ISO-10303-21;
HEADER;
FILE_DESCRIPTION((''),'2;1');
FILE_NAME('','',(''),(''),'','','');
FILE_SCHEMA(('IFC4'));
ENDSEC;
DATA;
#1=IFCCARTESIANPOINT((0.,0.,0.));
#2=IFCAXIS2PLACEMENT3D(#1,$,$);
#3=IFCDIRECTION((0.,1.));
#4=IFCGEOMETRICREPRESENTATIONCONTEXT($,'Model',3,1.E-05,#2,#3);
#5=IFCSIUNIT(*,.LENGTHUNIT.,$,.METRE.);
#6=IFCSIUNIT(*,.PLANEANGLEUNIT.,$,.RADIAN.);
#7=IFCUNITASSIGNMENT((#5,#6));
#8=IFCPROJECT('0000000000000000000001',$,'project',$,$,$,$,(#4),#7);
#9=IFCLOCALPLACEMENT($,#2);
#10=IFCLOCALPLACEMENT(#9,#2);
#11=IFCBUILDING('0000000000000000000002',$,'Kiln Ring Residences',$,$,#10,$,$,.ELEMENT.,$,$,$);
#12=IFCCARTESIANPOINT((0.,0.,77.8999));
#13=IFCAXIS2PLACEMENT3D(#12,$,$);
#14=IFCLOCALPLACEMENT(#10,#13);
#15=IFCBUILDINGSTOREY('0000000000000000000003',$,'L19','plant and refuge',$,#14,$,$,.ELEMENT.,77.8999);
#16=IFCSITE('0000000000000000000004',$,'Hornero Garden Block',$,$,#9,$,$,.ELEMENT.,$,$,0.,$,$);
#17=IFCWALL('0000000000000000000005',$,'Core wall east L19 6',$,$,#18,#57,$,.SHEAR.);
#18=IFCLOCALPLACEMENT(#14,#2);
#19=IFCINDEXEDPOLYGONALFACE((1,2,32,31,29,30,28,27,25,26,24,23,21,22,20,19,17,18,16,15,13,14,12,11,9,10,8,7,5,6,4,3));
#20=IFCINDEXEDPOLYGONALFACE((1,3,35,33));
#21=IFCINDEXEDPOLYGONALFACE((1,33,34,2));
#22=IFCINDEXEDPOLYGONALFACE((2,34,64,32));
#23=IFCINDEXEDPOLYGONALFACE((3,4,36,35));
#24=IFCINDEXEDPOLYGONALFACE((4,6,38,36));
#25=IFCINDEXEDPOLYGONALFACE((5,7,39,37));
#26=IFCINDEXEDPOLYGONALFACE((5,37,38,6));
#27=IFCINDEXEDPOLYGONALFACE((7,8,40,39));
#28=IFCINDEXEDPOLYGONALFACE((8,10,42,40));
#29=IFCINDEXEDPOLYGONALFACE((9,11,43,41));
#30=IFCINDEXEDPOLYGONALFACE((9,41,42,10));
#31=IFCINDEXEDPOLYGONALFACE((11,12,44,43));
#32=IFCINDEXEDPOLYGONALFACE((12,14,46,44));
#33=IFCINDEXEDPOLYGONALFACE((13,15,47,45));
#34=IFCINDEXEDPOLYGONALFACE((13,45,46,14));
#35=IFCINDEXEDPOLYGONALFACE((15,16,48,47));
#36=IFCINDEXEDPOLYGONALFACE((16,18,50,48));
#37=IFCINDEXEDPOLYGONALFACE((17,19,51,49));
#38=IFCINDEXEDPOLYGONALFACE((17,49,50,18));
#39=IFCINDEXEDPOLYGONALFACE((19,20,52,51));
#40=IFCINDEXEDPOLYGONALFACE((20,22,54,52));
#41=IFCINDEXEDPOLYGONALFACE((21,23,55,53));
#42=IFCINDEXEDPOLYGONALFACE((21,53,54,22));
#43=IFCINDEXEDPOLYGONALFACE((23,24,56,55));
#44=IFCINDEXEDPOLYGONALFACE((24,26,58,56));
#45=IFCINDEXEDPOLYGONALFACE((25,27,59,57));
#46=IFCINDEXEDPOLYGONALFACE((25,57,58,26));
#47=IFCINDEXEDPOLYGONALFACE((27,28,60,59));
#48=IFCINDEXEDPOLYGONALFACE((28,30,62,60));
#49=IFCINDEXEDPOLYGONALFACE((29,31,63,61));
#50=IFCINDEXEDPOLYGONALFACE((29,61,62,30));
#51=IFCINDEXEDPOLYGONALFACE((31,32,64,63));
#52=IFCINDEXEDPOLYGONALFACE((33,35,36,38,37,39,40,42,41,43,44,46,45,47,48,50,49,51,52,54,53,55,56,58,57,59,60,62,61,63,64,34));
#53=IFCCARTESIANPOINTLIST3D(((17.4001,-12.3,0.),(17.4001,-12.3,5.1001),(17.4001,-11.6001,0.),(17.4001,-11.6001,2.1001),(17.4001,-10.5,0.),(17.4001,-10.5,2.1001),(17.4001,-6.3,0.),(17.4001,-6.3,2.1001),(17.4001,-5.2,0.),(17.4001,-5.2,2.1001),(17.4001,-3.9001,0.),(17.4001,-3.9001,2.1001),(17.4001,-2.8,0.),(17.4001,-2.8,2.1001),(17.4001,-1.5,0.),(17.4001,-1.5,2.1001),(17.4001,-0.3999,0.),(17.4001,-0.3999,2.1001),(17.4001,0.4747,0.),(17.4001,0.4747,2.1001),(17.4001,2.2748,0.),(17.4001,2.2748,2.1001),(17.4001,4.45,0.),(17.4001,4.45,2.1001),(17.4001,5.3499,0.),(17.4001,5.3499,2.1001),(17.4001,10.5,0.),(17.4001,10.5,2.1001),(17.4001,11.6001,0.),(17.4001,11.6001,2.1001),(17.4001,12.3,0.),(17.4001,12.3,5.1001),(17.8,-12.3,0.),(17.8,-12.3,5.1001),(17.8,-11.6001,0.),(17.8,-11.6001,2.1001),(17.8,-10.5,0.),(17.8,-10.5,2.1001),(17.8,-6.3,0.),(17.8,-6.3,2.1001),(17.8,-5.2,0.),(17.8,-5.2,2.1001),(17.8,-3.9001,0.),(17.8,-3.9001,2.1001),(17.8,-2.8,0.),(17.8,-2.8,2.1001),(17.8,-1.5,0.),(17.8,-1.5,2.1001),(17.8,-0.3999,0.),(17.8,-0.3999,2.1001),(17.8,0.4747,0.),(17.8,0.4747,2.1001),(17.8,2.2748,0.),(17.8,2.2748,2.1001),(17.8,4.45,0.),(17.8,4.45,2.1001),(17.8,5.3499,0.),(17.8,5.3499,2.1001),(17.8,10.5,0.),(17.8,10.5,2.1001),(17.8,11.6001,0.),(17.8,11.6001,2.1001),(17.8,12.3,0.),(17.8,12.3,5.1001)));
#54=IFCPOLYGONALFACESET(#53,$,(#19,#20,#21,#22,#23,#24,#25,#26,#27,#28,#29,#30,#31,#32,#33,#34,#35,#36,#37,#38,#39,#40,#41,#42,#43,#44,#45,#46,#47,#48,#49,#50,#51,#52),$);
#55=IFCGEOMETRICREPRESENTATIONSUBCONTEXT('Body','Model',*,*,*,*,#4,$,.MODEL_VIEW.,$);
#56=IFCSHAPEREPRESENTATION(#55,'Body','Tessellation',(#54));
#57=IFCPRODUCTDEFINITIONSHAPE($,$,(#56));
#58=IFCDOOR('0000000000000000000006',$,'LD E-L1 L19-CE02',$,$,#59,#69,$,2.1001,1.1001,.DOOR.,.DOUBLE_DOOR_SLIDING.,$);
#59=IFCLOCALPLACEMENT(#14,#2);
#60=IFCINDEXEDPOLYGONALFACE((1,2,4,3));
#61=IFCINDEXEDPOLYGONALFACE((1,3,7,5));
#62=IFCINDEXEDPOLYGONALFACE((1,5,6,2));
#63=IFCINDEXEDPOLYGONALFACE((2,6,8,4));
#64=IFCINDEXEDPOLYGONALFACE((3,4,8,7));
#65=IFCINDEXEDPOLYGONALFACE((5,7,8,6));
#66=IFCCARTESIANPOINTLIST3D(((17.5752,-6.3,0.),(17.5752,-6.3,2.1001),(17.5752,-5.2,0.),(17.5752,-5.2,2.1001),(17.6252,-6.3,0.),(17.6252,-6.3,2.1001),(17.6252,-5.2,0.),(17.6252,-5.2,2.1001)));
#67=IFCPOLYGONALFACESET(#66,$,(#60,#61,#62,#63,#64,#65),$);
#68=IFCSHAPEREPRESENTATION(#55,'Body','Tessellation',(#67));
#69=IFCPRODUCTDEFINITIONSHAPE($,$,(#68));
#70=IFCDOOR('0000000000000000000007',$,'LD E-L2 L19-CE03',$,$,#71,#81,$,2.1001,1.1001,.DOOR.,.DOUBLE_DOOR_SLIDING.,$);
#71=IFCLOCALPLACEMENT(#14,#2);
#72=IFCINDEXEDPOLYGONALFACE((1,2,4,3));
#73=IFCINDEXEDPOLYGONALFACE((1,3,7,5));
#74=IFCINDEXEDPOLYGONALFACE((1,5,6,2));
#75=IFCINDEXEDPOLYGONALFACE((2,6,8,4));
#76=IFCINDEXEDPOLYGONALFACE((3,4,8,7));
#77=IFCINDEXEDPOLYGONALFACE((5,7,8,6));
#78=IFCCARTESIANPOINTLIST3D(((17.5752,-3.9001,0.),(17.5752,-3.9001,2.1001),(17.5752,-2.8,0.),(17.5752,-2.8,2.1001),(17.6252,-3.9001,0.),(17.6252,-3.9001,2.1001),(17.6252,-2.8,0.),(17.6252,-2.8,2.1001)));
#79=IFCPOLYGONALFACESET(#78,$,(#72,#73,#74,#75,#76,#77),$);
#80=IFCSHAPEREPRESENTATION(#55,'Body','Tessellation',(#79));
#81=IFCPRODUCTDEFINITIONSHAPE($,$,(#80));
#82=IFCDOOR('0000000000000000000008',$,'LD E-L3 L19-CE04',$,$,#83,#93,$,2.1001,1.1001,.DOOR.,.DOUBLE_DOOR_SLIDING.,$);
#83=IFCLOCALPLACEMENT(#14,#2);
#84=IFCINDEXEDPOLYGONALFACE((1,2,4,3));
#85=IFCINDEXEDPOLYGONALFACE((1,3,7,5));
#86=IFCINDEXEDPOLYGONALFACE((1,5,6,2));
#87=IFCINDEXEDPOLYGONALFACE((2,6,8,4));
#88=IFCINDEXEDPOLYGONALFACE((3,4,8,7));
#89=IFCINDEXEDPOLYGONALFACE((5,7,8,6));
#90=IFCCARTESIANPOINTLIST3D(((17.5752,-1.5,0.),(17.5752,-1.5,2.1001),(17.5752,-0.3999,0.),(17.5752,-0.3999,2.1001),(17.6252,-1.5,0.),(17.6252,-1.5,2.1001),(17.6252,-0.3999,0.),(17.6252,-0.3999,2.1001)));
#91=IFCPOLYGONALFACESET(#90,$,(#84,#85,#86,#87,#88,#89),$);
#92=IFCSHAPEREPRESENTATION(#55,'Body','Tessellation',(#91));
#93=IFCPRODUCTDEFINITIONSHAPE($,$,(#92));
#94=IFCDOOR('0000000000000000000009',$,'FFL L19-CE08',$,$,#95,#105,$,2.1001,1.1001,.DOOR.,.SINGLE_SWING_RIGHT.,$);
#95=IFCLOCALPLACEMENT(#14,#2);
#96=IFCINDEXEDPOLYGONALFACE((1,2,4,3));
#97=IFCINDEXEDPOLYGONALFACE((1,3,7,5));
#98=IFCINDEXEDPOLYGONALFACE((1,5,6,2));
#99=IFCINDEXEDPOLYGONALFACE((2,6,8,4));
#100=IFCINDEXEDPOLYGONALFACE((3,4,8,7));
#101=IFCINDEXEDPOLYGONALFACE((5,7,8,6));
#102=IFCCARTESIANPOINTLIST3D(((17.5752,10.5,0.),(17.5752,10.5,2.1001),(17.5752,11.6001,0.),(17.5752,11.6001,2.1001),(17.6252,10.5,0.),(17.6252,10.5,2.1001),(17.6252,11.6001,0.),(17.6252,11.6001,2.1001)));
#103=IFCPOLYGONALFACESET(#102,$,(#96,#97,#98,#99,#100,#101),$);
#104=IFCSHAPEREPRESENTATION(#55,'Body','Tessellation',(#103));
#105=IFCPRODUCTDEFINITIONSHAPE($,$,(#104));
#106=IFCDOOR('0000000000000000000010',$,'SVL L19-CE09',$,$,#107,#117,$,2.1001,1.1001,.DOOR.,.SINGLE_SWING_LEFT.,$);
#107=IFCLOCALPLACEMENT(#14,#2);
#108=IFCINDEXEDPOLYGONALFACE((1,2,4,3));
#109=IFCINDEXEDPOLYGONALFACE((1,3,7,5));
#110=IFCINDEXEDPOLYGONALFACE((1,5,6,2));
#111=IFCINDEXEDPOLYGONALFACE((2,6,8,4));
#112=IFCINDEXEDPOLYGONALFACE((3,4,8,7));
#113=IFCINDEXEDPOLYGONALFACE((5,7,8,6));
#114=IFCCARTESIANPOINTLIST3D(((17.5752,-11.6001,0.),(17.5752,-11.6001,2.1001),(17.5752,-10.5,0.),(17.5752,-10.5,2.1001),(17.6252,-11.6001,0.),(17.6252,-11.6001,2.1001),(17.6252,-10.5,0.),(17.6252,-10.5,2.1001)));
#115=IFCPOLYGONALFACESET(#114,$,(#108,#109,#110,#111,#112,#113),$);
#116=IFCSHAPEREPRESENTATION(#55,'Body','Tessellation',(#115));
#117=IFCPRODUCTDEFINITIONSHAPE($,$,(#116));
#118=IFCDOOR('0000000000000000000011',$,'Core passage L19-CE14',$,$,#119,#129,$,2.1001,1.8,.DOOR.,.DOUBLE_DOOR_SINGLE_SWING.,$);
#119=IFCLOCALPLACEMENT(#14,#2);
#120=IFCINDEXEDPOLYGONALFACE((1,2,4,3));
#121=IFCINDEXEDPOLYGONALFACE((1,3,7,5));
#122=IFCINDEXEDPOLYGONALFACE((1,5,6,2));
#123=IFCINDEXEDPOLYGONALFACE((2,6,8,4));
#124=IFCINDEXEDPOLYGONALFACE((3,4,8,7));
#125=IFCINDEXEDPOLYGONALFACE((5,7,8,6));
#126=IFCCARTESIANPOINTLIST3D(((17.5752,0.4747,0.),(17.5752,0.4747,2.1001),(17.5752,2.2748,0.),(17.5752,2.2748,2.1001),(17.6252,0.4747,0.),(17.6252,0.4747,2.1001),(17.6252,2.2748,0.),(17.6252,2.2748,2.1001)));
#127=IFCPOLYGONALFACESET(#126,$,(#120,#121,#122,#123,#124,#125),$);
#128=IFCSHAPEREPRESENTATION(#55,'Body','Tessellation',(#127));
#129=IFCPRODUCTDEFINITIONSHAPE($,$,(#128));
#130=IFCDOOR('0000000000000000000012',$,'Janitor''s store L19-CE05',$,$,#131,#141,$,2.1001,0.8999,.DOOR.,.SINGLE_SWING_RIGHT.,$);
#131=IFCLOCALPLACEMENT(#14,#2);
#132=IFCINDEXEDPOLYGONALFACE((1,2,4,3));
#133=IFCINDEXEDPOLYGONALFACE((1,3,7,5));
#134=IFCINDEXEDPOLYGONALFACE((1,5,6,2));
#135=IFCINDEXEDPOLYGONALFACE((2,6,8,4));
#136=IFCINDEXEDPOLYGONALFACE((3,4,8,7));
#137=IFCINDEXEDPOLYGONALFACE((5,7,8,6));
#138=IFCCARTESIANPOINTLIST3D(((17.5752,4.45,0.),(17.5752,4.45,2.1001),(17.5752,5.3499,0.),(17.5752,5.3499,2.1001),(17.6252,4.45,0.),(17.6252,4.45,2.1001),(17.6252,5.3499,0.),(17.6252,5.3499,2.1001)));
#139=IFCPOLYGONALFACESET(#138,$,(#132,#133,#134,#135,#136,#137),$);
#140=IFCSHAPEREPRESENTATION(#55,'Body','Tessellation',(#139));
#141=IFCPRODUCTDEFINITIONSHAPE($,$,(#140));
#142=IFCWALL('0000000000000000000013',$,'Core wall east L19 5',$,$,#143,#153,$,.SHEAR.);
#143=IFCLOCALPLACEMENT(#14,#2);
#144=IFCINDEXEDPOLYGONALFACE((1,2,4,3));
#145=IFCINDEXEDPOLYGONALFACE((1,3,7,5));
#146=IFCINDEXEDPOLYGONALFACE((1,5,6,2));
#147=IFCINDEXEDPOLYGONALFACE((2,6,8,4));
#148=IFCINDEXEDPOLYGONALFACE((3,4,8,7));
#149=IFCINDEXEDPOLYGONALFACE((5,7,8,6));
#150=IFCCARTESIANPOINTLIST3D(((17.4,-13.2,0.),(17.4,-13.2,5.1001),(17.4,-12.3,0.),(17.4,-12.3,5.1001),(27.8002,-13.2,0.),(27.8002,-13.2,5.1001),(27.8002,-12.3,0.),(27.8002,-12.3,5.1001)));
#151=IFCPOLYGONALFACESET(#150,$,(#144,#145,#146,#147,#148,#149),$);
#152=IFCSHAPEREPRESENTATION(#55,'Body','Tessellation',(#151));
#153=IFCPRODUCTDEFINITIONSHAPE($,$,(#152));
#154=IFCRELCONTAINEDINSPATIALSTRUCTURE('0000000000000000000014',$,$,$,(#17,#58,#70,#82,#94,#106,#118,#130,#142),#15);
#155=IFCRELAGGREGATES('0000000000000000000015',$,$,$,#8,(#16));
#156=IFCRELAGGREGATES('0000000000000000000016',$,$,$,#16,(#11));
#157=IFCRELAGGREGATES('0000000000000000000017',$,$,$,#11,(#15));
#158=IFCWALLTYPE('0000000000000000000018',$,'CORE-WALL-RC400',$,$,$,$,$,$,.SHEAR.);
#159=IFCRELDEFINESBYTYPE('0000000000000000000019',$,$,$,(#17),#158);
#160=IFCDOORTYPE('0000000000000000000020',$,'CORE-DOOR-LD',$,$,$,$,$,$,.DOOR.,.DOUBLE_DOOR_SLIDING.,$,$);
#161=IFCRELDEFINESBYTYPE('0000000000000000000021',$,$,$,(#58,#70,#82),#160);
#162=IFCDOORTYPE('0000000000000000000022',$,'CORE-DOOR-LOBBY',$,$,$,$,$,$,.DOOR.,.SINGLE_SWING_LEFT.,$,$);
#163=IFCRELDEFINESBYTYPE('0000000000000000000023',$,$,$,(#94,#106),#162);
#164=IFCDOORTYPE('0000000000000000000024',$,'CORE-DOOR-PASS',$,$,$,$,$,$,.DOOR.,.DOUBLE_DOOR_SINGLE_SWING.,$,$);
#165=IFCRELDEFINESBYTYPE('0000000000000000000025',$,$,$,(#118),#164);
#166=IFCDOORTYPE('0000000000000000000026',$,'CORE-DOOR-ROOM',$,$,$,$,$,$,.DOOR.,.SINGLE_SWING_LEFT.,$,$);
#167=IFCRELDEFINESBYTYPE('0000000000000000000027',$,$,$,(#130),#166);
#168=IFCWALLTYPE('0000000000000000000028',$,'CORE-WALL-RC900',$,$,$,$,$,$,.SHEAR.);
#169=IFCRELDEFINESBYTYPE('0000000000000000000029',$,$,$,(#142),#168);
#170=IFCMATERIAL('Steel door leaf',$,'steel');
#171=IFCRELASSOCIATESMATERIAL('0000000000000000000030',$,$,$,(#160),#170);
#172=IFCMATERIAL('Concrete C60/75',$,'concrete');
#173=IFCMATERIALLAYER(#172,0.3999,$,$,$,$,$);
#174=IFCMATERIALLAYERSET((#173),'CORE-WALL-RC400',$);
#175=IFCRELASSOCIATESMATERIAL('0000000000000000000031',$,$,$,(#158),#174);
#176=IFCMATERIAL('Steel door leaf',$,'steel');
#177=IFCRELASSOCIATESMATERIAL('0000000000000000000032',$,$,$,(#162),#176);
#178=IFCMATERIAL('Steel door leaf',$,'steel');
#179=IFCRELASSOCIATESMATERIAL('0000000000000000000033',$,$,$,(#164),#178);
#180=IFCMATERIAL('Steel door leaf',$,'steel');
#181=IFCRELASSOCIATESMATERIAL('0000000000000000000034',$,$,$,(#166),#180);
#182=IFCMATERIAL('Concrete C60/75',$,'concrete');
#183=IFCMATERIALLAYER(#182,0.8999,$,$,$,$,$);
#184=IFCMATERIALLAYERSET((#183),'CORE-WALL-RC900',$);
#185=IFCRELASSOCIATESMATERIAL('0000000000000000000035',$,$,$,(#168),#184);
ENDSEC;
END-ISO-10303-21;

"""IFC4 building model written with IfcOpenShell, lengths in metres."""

from ifc_helpers import new_model, si_unit, direction, frame, frame_2d, origin, place, context, subcontext, project, spatial, rectangle, extrude, material, layer, layer_set, type_object, element, fill, save


model = new_model("IFC4")

# Units and contexts
model_context = context("Model", 3, precision=1e-05, world=origin(), true_north=direction((0.0, 1.0)))
body_context = subcontext(model_context, "Body", "Model", "MODEL_VIEW")
ifc_project = project(units=[si_unit("LENGTHUNIT", "METRE"), si_unit("PLANEANGLEUNIT", "RADIAN")], contexts=[model_context])

# Site, building, storey
site_placement = place(None, origin())
site = spatial("IfcSite", under=ifc_project, at=site_placement, Name="Hornero Garden Block", CompositionType="ELEMENT", RefElevation=0.0)
building_placement = place(site_placement, origin())
building = spatial("IfcBuilding", under=site, at=building_placement, Name="Kiln Ring Residences", CompositionType="ELEMENT")
storey_placement = place(building_placement, frame((0.0, 0.0, 77.8999)))
storey = spatial("IfcBuildingStorey", under=building, at=storey_placement, Name="L19", Description="plant and refuge", CompositionType="ELEMENT", Elevation=77.8999)

# Wall, openings, doors
ifc_material_1 = material(Name="Steel door leaf", Category="steel")
door_type_1 = type_object("IfcDoorType", Name="CORE-DOOR-LD", OperationType="DOUBLE_DOOR_SLIDING", PredefinedType="DOOR", material=ifc_material_1)
ifc_material_2 = material(Name="Concrete C60/75", Category="concrete")
ifc_layer_1 = layer(ifc_material_2, 0.3999)
ifc_layer_set_1 = layer_set([ifc_layer_1], Name="CORE-WALL-RC400")
wall_type_1 = type_object("IfcWallType", Name="CORE-WALL-RC400", PredefinedType="SHEAR", material=ifc_layer_set_1)
wall_1_placement = place(storey_placement, frame((17.6001, -12.3, 0.0), z_axis=(0.0, 0.0, 1.0), x_axis=(0.0, 1.0, 0.0)))
wall_1 = element("IfcWall", 1, at=wall_1_placement, inside=storey, type_object=wall_type_1, Name="Core wall east L19 6", PredefinedType="SHEAR", context=body_context, shape_type="SweptSolid", body=[
    extrude(rectangle(XDim=24.6001, YDim=0.3999, at=frame_2d((12.3, 0.0))), origin(), (0.0, 0.0, 1.0), 5.1001),
])
opening_1_placement = place(wall_1_placement, frame((6.0, 0.0, 0.0)))
opening_1 = element("IfcOpeningElement", 2, at=opening_1_placement, cuts=wall_1, PredefinedType="OPENING", context=body_context, shape_type="SweptSolid", body=[
    extrude(rectangle(XDim=1.1001, YDim=2.1001, at=frame_2d((0.55, 1.05))), frame((0.0, 0.21, 0.0), z_axis=(0.0, -1.0, 0.0), x_axis=(1.0, 0.0, 0.0)), (0.0, 0.0, 1.0), 0.4199),
])
opening_2_placement = place(wall_1_placement, frame((8.3999, 0.0, 0.0)))
opening_2 = element("IfcOpeningElement", 3, at=opening_2_placement, cuts=wall_1, PredefinedType="OPENING", context=body_context, shape_type="SweptSolid", body=[
    extrude(rectangle(XDim=1.1001, YDim=2.1001, at=frame_2d((0.55, 1.05))), frame((0.0, 0.21, 0.0), z_axis=(0.0, -1.0, 0.0), x_axis=(1.0, 0.0, 0.0)), (0.0, 0.0, 1.0), 0.4199),
])
opening_3_placement = place(wall_1_placement, frame((10.8, 0.0, 0.0)))
opening_3 = element("IfcOpeningElement", 4, at=opening_3_placement, cuts=wall_1, PredefinedType="OPENING", context=body_context, shape_type="SweptSolid", body=[
    extrude(rectangle(XDim=1.1001, YDim=2.1001, at=frame_2d((0.55, 1.05))), frame((0.0, 0.21, 0.0), z_axis=(0.0, -1.0, 0.0), x_axis=(1.0, 0.0, 0.0)), (0.0, 0.0, 1.0), 0.4199),
])
opening_4_placement = place(wall_1_placement, frame((16.75, 0.0, 0.0)))
opening_4 = element("IfcOpeningElement", 5, at=opening_4_placement, cuts=wall_1, PredefinedType="OPENING", context=body_context, shape_type="SweptSolid", body=[
    extrude(rectangle(XDim=0.8999, YDim=2.1001, at=frame_2d((0.45, 1.05))), frame((0.0, 0.21, 0.0), z_axis=(0.0, -1.0, 0.0), x_axis=(1.0, 0.0, 0.0)), (0.0, 0.0, 1.0), 0.4199),
])
opening_5_placement = place(wall_1_placement, frame((22.8, 0.0, 0.0)))
opening_5 = element("IfcOpeningElement", 6, at=opening_5_placement, cuts=wall_1, PredefinedType="OPENING", context=body_context, shape_type="SweptSolid", body=[
    extrude(rectangle(XDim=1.1001, YDim=2.1001, at=frame_2d((0.55, 1.05))), frame((0.0, 0.21, 0.0), z_axis=(0.0, -1.0, 0.0), x_axis=(1.0, 0.0, 0.0)), (0.0, 0.0, 1.0), 0.4199),
])
opening_6_placement = place(wall_1_placement, frame((0.7, 0.0, 0.0)))
opening_6 = element("IfcOpeningElement", 7, at=opening_6_placement, cuts=wall_1, PredefinedType="OPENING", context=body_context, shape_type="SweptSolid", body=[
    extrude(rectangle(XDim=1.1001, YDim=2.1001, at=frame_2d((0.55, 1.05))), frame((0.0, 0.21, 0.0), z_axis=(0.0, -1.0, 0.0), x_axis=(1.0, 0.0, 0.0)), (0.0, 0.0, 1.0), 0.4199),
])
opening_7_placement = place(wall_1_placement, frame((12.7749, 0.0, 0.0)))
opening_7 = element("IfcOpeningElement", 8, at=opening_7_placement, cuts=wall_1, PredefinedType="OPENING", context=body_context, shape_type="SweptSolid", body=[
    extrude(rectangle(XDim=1.8, YDim=2.1001, at=frame_2d((0.8999, 1.05))), frame((0.0, 0.21, 0.0), z_axis=(0.0, -1.0, 0.0), x_axis=(1.0, 0.0, 0.0)), (0.0, 0.0, 1.0), 0.4199),
])
door_1_placement = place(opening_1_placement, origin())
door_1 = element("IfcDoor", 9, at=door_1_placement, inside=storey, type_object=door_type_1, Name="LD E-L1 L19-CE02", OperationType="DOUBLE_DOOR_SLIDING", OverallHeight=2.1001, OverallWidth=1.1001, PredefinedType="DOOR", context=body_context, shape_type="SweptSolid", body=[
    extrude(rectangle(XDim=1.1001, YDim=2.1001, at=frame_2d((0.55, 1.05))), frame((0.0, 0.0249, 0.0), z_axis=(0.0, -1.0, 0.0), x_axis=(1.0, 0.0, 0.0)), (0.0, 0.0, 1.0), 0.05),
])
fill(opening_1, door_1)
door_2_placement = place(opening_2_placement, origin())
door_2 = element("IfcDoor", 10, at=door_2_placement, inside=storey, type_object=door_type_1, Name="LD E-L2 L19-CE03", OperationType="DOUBLE_DOOR_SLIDING", OverallHeight=2.1001, OverallWidth=1.1001, PredefinedType="DOOR", context=body_context, shape_type="SweptSolid", body=[
    extrude(rectangle(XDim=1.1001, YDim=2.1001, at=frame_2d((0.55, 1.05))), frame((0.0, 0.0249, 0.0), z_axis=(0.0, -1.0, 0.0), x_axis=(1.0, 0.0, 0.0)), (0.0, 0.0, 1.0), 0.05),
])
fill(opening_2, door_2)
door_3_placement = place(opening_3_placement, origin())
door_3 = element("IfcDoor", 11, at=door_3_placement, inside=storey, type_object=door_type_1, Name="LD E-L3 L19-CE04", OperationType="DOUBLE_DOOR_SLIDING", OverallHeight=2.1001, OverallWidth=1.1001, PredefinedType="DOOR", context=body_context, shape_type="SweptSolid", body=[
    extrude(rectangle(XDim=1.1001, YDim=2.1001, at=frame_2d((0.55, 1.05))), frame((0.0, 0.0249, 0.0), z_axis=(0.0, -1.0, 0.0), x_axis=(1.0, 0.0, 0.0)), (0.0, 0.0, 1.0), 0.05),
])
fill(opening_3, door_3)
ifc_material_3 = material(Name="Steel door leaf", Category="steel")
door_type_2 = type_object("IfcDoorType", Name="CORE-DOOR-LOBBY", OperationType="SINGLE_SWING_LEFT", PredefinedType="DOOR", material=ifc_material_3)
door_4_placement = place(opening_5_placement, origin())
door_4 = element("IfcDoor", 12, at=door_4_placement, inside=storey, type_object=door_type_2, Name="FFL L19-CE08", OperationType="SINGLE_SWING_RIGHT", OverallHeight=2.1001, OverallWidth=1.1001, PredefinedType="DOOR", context=body_context, shape_type="SweptSolid", body=[
    extrude(rectangle(XDim=1.1001, YDim=2.1001, at=frame_2d((0.55, 1.05))), frame((0.0, 0.0249, 0.0), z_axis=(0.0, -1.0, 0.0), x_axis=(1.0, 0.0, 0.0)), (0.0, 0.0, 1.0), 0.05),
])
fill(opening_5, door_4)
door_5_placement = place(opening_6_placement, origin())
door_5 = element("IfcDoor", 13, at=door_5_placement, inside=storey, type_object=door_type_2, Name="SVL L19-CE09", OperationType="SINGLE_SWING_LEFT", OverallHeight=2.1001, OverallWidth=1.1001, PredefinedType="DOOR", context=body_context, shape_type="SweptSolid", body=[
    extrude(rectangle(XDim=1.1001, YDim=2.1001, at=frame_2d((0.55, 1.05))), frame((0.0, 0.0249, 0.0), z_axis=(0.0, -1.0, 0.0), x_axis=(1.0, 0.0, 0.0)), (0.0, 0.0, 1.0), 0.05),
])
fill(opening_6, door_5)
ifc_material_4 = material(Name="Steel door leaf", Category="steel")
door_type_3 = type_object("IfcDoorType", Name="CORE-DOOR-PASS", OperationType="DOUBLE_DOOR_SINGLE_SWING", PredefinedType="DOOR", material=ifc_material_4)
door_6_placement = place(opening_7_placement, origin())
door_6 = element("IfcDoor", 14, at=door_6_placement, inside=storey, type_object=door_type_3, Name="Core passage L19-CE14", OperationType="DOUBLE_DOOR_SINGLE_SWING", OverallHeight=2.1001, OverallWidth=1.8, PredefinedType="DOOR", context=body_context, shape_type="SweptSolid", body=[
    extrude(rectangle(XDim=1.8, YDim=2.1001, at=frame_2d((0.8999, 1.05))), frame((0.0, 0.0249, 0.0), z_axis=(0.0, -1.0, 0.0), x_axis=(1.0, 0.0, 0.0)), (0.0, 0.0, 1.0), 0.05),
])
fill(opening_7, door_6)
ifc_material_5 = material(Name="Steel door leaf", Category="steel")
door_type_4 = type_object("IfcDoorType", Name="CORE-DOOR-ROOM", OperationType="SINGLE_SWING_LEFT", PredefinedType="DOOR", material=ifc_material_5)
door_7_placement = place(opening_4_placement, origin())
door_7 = element("IfcDoor", 15, at=door_7_placement, inside=storey, type_object=door_type_4, Name="Janitor's store L19-CE05", OperationType="SINGLE_SWING_RIGHT", OverallHeight=2.1001, OverallWidth=0.8999, PredefinedType="DOOR", context=body_context, shape_type="SweptSolid", body=[
    extrude(rectangle(XDim=0.8999, YDim=2.1001, at=frame_2d((0.45, 1.05))), frame((0.0, 0.0249, 0.0), z_axis=(0.0, -1.0, 0.0), x_axis=(1.0, 0.0, 0.0)), (0.0, 0.0, 1.0), 0.05),
])
fill(opening_4, door_7)

# Wall
ifc_material_6 = material(Name="Concrete C60/75", Category="concrete")
ifc_layer_2 = layer(ifc_material_6, 0.8999)
ifc_layer_set_2 = layer_set([ifc_layer_2], Name="CORE-WALL-RC900")
wall_type_2 = type_object("IfcWallType", Name="CORE-WALL-RC900", PredefinedType="SHEAR", material=ifc_layer_set_2)
wall_2_placement = place(storey_placement, frame((17.3999, -12.75, 0.0), z_axis=(0.0, 0.0, 1.0), x_axis=(1.0, 0.0, 0.0)))
element("IfcWall", 16, at=wall_2_placement, inside=storey, type_object=wall_type_2, Name="Core wall east L19 5", PredefinedType="SHEAR", context=body_context, shape_type="SweptSolid", body=[
    extrude(rectangle(XDim=10.4001, YDim=0.8999, at=frame_2d((5.2002, 0.0))), origin(), (0.0, 0.0, 1.0), 5.1001),
])

save(model, "model.ifc")
